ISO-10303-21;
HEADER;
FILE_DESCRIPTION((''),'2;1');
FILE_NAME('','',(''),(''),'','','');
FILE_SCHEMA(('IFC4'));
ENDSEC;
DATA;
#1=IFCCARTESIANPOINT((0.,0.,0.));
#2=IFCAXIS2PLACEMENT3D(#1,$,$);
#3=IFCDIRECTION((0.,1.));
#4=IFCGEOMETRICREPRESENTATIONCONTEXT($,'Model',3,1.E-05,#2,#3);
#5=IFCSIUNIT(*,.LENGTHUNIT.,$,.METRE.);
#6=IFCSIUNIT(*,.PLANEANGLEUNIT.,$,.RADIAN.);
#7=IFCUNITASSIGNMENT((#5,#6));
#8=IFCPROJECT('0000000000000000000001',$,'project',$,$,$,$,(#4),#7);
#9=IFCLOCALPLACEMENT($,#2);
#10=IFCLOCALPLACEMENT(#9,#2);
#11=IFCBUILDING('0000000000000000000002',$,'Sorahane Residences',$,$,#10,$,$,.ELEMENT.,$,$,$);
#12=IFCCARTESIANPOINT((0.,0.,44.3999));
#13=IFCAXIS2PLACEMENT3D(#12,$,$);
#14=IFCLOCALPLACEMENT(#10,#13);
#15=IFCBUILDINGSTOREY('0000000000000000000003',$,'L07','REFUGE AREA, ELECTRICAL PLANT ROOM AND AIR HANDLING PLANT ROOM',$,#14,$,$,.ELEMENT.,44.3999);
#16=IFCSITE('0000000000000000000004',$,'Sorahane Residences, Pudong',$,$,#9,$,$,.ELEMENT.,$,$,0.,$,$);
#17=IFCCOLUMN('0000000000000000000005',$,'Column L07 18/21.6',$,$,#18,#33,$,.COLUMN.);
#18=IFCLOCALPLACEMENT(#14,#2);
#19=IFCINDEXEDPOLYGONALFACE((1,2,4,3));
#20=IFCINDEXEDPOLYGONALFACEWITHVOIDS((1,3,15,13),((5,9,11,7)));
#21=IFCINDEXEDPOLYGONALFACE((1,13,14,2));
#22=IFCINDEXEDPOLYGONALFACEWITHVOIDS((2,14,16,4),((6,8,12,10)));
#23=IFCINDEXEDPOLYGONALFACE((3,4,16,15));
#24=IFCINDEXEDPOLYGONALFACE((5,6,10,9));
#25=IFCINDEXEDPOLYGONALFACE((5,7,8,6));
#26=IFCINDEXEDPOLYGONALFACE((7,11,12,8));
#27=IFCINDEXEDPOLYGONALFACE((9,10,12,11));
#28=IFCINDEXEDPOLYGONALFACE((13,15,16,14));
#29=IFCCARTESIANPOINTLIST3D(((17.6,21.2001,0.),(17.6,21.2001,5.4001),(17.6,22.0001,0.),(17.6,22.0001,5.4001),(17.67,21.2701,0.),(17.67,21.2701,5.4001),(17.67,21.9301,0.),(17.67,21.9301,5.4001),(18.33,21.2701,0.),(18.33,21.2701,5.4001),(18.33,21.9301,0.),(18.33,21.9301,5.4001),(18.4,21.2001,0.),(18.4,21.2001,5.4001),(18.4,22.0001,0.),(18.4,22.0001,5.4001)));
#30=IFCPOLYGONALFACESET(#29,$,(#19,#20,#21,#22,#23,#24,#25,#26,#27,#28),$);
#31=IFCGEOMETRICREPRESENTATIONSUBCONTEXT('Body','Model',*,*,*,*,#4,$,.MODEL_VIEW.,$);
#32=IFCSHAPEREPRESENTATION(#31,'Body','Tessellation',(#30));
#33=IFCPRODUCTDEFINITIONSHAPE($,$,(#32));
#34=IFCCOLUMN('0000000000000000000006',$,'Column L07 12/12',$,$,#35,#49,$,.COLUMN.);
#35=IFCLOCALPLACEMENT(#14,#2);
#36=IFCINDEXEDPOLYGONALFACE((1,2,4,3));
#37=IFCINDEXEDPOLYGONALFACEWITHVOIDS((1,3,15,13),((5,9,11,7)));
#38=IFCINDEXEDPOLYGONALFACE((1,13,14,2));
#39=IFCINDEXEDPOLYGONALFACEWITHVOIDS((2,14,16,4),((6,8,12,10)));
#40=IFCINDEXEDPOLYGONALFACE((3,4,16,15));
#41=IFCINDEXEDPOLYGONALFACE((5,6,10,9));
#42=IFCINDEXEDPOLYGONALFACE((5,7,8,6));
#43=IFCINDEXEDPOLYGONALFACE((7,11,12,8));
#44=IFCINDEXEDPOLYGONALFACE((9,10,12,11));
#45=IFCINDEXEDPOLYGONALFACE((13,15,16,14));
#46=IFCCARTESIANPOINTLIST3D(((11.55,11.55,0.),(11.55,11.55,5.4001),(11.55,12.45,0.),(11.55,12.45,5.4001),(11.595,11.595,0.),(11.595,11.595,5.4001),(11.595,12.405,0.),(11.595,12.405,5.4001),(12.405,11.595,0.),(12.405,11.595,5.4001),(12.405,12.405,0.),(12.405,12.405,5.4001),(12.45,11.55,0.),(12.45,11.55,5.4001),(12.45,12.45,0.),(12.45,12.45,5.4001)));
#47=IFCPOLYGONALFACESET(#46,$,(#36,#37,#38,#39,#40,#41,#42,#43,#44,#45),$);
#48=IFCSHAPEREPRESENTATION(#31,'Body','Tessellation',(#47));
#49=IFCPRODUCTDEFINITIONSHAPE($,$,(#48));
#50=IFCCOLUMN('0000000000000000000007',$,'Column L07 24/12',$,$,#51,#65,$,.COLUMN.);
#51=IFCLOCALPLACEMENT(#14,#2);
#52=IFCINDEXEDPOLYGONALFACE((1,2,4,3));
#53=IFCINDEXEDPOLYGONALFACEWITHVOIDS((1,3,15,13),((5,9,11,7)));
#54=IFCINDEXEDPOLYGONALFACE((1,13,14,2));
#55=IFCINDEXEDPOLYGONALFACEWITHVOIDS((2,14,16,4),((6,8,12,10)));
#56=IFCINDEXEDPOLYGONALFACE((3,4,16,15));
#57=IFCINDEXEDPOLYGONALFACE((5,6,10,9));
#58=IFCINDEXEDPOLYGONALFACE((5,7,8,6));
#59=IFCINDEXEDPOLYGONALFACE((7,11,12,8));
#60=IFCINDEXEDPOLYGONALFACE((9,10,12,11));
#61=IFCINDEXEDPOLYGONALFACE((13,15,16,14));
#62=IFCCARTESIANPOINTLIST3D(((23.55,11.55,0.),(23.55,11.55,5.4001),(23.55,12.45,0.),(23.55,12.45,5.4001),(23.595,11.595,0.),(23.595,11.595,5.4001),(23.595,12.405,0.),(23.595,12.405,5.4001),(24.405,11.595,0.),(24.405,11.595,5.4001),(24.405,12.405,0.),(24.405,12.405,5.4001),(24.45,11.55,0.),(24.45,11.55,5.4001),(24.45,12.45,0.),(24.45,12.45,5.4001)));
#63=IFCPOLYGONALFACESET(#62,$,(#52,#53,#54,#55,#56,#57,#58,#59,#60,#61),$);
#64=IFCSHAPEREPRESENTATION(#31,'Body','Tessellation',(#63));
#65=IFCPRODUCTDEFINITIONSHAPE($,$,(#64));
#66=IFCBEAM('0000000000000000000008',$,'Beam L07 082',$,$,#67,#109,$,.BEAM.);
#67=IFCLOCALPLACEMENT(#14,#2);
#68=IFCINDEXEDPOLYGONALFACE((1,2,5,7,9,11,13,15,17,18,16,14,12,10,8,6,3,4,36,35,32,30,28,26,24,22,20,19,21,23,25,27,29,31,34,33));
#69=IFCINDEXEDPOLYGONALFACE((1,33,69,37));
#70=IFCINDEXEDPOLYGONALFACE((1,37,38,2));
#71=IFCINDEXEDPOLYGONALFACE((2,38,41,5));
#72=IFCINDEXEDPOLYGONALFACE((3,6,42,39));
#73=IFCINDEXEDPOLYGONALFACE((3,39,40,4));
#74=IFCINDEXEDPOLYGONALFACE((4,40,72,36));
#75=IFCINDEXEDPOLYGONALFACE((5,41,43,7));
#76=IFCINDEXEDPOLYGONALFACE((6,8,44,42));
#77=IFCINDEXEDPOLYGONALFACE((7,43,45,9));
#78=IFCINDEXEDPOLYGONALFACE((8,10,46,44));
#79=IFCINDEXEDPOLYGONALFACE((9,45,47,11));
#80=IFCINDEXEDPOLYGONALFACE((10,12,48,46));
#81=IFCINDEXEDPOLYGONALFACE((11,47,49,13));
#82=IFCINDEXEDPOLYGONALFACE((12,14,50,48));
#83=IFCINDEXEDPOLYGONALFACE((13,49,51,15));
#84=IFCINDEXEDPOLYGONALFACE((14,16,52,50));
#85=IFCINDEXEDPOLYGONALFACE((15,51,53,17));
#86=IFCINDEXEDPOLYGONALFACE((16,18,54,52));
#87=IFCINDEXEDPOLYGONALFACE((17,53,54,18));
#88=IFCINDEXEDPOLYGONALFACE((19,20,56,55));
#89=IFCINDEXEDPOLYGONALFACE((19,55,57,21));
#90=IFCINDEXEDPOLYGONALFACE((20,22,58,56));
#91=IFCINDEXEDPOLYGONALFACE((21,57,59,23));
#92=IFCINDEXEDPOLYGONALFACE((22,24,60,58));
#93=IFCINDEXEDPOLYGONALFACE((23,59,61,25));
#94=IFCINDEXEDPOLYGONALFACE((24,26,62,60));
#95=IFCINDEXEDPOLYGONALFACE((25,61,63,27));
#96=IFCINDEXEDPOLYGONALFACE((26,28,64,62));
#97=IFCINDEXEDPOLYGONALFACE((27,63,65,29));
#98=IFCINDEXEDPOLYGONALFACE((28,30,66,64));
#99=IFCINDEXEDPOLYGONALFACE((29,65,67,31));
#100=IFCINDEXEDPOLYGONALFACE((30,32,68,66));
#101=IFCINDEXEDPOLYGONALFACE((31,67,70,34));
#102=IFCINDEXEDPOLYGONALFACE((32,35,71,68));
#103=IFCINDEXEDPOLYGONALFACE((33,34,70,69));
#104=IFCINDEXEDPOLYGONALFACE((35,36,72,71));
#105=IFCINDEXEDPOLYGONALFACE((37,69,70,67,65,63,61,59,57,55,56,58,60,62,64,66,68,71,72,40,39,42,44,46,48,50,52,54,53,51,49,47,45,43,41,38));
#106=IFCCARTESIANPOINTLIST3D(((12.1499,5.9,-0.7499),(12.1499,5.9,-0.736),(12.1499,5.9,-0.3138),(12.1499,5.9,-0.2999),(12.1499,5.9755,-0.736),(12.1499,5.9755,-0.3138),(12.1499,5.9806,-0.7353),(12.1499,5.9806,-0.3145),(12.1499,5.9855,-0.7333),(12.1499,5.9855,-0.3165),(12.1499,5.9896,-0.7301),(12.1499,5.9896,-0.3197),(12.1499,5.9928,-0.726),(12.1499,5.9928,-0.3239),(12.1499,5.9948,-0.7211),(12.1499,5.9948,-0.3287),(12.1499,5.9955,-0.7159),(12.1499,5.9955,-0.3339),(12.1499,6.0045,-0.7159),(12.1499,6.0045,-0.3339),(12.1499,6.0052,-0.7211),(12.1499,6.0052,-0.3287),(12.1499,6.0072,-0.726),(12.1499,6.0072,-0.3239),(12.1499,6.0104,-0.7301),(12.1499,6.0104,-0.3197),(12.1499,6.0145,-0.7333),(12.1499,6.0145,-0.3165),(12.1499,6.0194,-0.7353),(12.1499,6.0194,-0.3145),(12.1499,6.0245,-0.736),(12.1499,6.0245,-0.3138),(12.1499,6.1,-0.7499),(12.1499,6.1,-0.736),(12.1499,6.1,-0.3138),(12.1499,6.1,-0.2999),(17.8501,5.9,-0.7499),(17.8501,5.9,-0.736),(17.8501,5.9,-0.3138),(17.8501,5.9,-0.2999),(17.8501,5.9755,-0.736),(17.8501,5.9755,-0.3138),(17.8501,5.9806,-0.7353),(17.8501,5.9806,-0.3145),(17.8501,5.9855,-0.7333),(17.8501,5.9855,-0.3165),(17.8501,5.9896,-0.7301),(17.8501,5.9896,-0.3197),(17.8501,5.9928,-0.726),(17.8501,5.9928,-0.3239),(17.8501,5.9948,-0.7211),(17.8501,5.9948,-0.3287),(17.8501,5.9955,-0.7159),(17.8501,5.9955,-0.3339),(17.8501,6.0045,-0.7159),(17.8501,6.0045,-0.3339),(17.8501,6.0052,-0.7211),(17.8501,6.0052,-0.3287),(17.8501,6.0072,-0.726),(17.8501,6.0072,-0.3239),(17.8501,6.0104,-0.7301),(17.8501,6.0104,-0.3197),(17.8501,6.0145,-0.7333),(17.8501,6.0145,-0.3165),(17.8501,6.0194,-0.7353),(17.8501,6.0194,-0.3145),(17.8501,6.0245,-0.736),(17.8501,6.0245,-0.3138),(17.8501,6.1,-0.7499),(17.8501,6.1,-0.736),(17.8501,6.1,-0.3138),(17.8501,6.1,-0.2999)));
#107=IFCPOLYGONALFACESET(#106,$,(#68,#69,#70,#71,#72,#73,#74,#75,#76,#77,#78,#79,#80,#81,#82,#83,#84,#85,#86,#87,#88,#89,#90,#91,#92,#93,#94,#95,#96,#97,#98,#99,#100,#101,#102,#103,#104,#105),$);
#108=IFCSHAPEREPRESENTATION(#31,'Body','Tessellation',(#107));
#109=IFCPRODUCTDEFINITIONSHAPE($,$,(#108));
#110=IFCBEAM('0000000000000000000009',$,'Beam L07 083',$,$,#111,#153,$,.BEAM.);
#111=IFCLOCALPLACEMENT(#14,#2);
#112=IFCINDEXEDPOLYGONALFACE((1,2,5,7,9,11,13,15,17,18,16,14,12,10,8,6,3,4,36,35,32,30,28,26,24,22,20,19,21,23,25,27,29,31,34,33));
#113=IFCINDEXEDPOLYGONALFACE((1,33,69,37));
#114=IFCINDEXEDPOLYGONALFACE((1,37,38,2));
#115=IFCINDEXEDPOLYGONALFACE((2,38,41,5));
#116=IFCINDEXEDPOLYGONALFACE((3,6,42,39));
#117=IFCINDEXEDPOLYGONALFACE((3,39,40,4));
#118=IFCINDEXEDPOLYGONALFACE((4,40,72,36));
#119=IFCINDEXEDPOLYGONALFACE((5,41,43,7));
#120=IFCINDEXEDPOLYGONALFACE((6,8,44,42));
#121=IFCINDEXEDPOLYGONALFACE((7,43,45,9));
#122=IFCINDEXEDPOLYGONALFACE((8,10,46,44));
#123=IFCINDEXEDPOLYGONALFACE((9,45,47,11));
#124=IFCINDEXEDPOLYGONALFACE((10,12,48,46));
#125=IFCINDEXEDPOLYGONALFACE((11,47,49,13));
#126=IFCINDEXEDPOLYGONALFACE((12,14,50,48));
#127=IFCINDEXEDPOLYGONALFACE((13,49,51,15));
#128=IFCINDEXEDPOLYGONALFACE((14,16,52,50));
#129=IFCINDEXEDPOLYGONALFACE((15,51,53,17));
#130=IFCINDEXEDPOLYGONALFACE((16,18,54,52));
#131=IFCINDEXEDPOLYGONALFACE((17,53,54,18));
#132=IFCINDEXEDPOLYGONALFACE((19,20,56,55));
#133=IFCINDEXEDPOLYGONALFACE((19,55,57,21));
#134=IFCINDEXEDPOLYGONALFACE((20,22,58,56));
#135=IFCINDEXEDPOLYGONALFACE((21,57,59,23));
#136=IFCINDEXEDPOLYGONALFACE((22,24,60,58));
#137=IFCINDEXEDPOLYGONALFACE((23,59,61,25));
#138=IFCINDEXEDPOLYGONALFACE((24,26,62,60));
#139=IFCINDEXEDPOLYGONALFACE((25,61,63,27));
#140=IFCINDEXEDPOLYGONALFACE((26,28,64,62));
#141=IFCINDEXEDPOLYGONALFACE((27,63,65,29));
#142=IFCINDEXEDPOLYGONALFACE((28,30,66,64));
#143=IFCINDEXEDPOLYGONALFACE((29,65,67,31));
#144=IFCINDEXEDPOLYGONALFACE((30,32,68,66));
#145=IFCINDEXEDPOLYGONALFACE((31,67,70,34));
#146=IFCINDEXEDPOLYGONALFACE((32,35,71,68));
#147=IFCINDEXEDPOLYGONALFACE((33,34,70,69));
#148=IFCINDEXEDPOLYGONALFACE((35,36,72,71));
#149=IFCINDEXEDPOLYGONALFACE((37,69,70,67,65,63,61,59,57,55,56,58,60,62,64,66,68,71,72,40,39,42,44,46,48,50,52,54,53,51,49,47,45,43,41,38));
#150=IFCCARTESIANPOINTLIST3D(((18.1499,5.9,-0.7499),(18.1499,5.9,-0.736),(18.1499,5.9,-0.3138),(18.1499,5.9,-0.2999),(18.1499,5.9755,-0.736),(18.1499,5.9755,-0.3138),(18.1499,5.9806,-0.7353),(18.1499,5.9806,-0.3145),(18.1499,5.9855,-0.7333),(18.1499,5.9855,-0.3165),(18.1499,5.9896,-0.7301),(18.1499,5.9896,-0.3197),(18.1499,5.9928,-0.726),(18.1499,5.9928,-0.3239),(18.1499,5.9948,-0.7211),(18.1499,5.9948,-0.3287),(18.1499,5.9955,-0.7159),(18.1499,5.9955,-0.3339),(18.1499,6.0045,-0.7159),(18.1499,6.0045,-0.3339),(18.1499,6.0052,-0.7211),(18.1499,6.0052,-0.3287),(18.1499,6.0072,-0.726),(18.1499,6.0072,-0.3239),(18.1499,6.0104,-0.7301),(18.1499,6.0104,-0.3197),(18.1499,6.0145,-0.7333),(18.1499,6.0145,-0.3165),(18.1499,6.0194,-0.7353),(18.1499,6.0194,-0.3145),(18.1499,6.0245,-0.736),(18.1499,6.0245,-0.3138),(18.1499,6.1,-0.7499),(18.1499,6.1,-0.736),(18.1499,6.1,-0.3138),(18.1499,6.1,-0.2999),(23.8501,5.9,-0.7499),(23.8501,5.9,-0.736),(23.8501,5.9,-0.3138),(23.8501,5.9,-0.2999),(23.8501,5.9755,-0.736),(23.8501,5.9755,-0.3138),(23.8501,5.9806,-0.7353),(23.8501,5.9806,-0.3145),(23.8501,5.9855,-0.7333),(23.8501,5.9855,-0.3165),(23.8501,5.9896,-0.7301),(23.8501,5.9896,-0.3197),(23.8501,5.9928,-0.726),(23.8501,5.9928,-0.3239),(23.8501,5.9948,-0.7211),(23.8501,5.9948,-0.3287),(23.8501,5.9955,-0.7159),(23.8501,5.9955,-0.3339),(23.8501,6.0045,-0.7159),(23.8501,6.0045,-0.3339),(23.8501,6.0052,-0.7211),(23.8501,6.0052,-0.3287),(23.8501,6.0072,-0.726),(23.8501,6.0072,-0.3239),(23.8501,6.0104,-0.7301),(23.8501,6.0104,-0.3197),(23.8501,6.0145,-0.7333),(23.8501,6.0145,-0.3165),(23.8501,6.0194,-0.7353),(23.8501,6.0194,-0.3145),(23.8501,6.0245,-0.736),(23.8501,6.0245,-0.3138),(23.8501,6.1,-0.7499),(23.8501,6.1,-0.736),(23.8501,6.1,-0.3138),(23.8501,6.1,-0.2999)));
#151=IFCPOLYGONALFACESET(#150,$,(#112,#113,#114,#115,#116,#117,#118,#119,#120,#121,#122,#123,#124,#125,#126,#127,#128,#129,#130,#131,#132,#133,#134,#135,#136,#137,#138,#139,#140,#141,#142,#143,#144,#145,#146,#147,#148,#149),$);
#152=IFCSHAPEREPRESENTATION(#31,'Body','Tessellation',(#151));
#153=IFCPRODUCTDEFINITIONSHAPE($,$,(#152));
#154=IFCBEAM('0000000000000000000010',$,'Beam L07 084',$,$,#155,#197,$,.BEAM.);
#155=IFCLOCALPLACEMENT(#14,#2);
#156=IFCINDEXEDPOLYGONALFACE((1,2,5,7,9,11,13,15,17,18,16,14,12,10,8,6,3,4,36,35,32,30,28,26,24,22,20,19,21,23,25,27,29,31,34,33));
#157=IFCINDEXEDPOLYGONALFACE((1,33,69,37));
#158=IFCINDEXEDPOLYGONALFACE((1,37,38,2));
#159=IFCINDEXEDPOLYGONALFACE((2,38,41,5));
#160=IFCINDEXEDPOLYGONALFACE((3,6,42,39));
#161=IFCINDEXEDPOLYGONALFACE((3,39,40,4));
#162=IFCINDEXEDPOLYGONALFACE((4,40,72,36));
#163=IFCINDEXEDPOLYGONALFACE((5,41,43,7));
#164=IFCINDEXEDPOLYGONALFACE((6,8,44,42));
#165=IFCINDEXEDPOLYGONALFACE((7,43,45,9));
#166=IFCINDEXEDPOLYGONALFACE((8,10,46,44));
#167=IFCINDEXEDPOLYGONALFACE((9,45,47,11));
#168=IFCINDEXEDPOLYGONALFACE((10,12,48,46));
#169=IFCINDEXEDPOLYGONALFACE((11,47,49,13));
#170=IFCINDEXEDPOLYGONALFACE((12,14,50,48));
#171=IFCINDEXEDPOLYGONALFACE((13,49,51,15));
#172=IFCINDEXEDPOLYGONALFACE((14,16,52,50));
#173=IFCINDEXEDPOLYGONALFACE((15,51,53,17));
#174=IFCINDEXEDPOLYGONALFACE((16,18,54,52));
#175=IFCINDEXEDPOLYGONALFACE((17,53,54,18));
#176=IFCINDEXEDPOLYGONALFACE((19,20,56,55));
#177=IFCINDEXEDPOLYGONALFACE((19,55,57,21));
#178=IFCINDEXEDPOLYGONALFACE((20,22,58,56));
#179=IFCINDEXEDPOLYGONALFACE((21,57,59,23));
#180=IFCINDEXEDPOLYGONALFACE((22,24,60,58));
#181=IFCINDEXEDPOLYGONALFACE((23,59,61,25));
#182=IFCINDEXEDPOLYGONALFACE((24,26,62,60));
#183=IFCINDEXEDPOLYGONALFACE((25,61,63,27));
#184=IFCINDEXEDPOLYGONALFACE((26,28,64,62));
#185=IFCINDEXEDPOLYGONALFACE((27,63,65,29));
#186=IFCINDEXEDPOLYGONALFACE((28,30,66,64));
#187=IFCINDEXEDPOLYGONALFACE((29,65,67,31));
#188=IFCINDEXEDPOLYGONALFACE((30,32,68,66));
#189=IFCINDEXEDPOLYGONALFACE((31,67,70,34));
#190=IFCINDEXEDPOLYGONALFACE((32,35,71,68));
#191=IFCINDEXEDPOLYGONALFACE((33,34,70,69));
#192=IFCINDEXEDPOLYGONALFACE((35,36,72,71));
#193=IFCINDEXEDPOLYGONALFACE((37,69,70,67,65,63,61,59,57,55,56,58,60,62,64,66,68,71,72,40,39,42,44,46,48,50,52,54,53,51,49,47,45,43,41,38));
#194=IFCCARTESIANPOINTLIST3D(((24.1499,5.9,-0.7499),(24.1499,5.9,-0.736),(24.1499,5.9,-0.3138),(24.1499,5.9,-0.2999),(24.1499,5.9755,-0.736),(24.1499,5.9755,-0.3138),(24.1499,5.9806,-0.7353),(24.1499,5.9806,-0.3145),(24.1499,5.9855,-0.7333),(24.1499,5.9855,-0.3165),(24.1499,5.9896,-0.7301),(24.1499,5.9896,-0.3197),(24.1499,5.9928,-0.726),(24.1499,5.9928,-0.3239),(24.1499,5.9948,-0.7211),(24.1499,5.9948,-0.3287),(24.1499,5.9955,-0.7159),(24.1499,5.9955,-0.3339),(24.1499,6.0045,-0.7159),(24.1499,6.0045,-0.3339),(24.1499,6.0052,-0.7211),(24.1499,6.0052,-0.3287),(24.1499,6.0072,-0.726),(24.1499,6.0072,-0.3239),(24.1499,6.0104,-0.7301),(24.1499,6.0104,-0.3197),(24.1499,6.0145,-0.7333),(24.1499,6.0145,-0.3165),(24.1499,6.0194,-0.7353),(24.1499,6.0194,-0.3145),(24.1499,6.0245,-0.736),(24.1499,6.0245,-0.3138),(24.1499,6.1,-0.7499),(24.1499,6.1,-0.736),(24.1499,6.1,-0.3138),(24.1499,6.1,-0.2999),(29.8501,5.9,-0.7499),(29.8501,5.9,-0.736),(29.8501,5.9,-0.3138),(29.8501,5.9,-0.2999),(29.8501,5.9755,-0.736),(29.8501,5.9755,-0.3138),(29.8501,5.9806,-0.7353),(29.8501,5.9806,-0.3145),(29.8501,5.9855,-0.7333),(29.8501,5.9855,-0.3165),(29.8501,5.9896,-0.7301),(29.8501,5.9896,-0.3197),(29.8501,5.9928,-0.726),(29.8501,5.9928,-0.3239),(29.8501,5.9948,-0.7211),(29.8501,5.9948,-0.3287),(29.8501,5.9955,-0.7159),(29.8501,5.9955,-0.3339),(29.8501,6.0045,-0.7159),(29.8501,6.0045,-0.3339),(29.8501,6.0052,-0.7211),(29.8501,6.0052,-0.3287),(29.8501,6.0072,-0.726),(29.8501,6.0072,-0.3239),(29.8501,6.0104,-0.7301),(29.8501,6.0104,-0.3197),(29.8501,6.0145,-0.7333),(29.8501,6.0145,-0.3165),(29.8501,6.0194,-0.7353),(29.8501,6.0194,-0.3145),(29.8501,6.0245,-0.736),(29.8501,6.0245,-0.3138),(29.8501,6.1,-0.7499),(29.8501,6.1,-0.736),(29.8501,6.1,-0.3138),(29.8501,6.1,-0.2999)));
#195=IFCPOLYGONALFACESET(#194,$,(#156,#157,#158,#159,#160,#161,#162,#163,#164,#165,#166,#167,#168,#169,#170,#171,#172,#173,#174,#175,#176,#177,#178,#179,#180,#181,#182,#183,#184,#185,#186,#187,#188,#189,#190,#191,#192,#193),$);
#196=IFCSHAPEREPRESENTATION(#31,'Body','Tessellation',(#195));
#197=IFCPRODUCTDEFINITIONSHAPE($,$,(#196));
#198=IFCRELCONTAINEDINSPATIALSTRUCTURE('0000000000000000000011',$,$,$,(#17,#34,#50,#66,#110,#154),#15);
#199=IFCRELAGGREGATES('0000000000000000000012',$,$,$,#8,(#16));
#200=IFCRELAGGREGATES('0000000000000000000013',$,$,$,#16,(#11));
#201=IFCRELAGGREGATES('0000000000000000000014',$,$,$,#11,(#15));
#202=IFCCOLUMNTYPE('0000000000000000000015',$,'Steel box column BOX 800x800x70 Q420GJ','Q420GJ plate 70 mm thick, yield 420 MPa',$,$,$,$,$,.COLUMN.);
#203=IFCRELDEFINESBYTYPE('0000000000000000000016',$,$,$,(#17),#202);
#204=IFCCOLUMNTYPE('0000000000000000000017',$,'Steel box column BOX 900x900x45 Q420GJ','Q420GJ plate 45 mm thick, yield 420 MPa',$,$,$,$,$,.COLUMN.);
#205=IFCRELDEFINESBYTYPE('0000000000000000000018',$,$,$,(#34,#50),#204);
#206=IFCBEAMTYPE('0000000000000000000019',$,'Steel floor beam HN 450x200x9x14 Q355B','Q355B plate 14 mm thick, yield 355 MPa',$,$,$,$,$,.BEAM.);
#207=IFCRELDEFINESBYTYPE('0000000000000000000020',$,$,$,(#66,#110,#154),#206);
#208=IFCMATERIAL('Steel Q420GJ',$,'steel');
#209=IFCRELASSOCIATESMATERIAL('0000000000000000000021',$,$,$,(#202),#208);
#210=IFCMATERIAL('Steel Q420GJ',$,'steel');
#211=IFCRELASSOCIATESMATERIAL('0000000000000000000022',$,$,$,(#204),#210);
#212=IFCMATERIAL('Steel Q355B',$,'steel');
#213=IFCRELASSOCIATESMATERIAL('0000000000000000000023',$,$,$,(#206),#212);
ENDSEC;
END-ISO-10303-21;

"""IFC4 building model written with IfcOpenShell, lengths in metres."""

from ifc_helpers import new_model, si_unit, direction, frame, origin, origin_2d, place, context, subcontext, project, spatial, hollow_rectangle, i_section, extrude, material, material_profile, profile_set, type_object, element, save


model = new_model("IFC4")

# Units and contexts
model_context = context("Model", 3, precision=1e-05, world=origin(), true_north=direction((0.0, 1.0)))
body_context = subcontext(model_context, "Body", "Model", "MODEL_VIEW")
ifc_project = project(units=[si_unit("LENGTHUNIT", "METRE"), si_unit("PLANEANGLEUNIT", "RADIAN")], contexts=[model_context])

# Site, building, storey
site_placement = place(None, origin())
site = spatial("IfcSite", under=ifc_project, at=site_placement, Name="Sorahane Residences, Pudong", CompositionType="ELEMENT", RefElevation=0.0)
building_placement = place(site_placement, origin())
building = spatial("IfcBuilding", under=site, at=building_placement, Name="Sorahane Residences", CompositionType="ELEMENT")
storey_placement = place(building_placement, frame((0.0, 0.0, 44.3999)))
storey = spatial("IfcBuildingStorey", under=building, at=storey_placement, Name="L07", Description="REFUGE AREA, ELECTRICAL PLANT ROOM AND AIR HANDLING PLANT ROOM", CompositionType="ELEMENT", Elevation=44.3999)

# Columns
ifc_material_1 = material(Name="Steel Q420GJ", Category="steel")
ifc_material_profile_1 = material_profile(ifc_material_1, hollow_rectangle(XDim=0.8, YDim=0.8, WallThickness=0.0701, at=origin_2d()), Name="BOX 800x800x70")
ifc_profile_set_1 = profile_set([ifc_material_profile_1], Name="Steel Q420GJ")
column_type_1 = type_object("IfcColumnType", Name="Steel box column BOX 800x800x70 Q420GJ", Description="Q420GJ plate 70 mm thick, yield 420 MPa", PredefinedType="COLUMN", material=ifc_profile_set_1)
column_placement = place(storey_placement, frame((18.0, 21.6001, 0.0), z_axis=(0.0, 0.0, 1.0), x_axis=(1.0, 0.0, 0.0)))
element("IfcColumn", 1, at=column_placement, inside=storey, type_object=column_type_1, Name="Column L07 18/21.6", PredefinedType="COLUMN", context=body_context, shape_type="SweptSolid", body=[
    extrude(hollow_rectangle(XDim=0.8, YDim=0.8, WallThickness=0.0701, at=origin_2d()), origin(), (0.0, 0.0, 1.0), 5.4001),
])
ifc_material_2 = material(Name="Steel Q420GJ", Category="steel")
ifc_material_profile_2 = material_profile(ifc_material_2, hollow_rectangle(XDim=0.8999, YDim=0.8999, WallThickness=0.0449, at=origin_2d()), Name="BOX 900x900x45")
ifc_profile_set_2 = profile_set([ifc_material_profile_2], Name="Steel Q420GJ")
column_type_2 = type_object("IfcColumnType", Name="Steel box column BOX 900x900x45 Q420GJ", Description="Q420GJ plate 45 mm thick, yield 420 MPa", PredefinedType="COLUMN", material=ifc_profile_set_2)
for number, where, z_axis, x_axis, name in (
    (2, (12.0, 12.0, 0.0), (0.0, 0.0, 1.0), (1.0, 0.0, 0.0), "Column L07 12/12"),
    (3, (24.0, 12.0, 0.0), (0.0, 0.0, 1.0), (1.0, 0.0, 0.0), "Column L07 24/12"),
):
    element("IfcColumn", number, at=place(storey_placement, frame(where, z_axis=z_axis, x_axis=x_axis)), inside=storey, type_object=column_type_2, Name=name, PredefinedType="COLUMN", context=body_context, shape_type="SweptSolid", body=[
        extrude(hollow_rectangle(XDim=0.8999, YDim=0.8999, WallThickness=0.0449, at=origin_2d()), origin(), (0.0, 0.0, 1.0), 5.4001),
    ])

# Beams
ifc_material_3 = material(Name="Steel Q355B", Category="steel")
ifc_material_profile_3 = material_profile(ifc_material_3, i_section(OverallWidth=0.2, OverallDepth=0.45, WebThickness=0.009, FlangeThickness=0.0139, FilletRadius=0.02, at=origin_2d()), Name="HN 450x200x9x14")
ifc_profile_set_3 = profile_set([ifc_material_profile_3], Name="Steel Q355B")
beam_type_1 = type_object("IfcBeamType", Name="Steel floor beam HN 450x200x9x14 Q355B", Description="Q355B plate 14 mm thick, yield 355 MPa", PredefinedType="BEAM", material=ifc_profile_set_3)
for number, where, z_axis, x_axis, name in (
    (4, (12.1499, 6.0, -0.5249), (1.0, 0.0, 0.0), (0.0, 1.0, 0.0), "Beam L07 082"),
    (5, (18.1499, 6.0, -0.5249), (1.0, 0.0, 0.0), (0.0, 1.0, 0.0), "Beam L07 083"),
    (6, (24.1499, 6.0, -0.5249), (1.0, 0.0, 0.0), (0.0, 1.0, 0.0), "Beam L07 084"),
):
    element("IfcBeam", number, at=place(storey_placement, frame(where, z_axis=z_axis, x_axis=x_axis)), inside=storey, type_object=beam_type_1, Name=name, PredefinedType="BEAM", context=body_context, shape_type="SweptSolid", body=[
        extrude(i_section(OverallWidth=0.2, OverallDepth=0.45, WebThickness=0.009, FlangeThickness=0.0139, FilletRadius=0.02, at=origin_2d()), origin(), (0.0, 0.0, 1.0), 5.7002),
    ])

save(model, "model.ifc")
